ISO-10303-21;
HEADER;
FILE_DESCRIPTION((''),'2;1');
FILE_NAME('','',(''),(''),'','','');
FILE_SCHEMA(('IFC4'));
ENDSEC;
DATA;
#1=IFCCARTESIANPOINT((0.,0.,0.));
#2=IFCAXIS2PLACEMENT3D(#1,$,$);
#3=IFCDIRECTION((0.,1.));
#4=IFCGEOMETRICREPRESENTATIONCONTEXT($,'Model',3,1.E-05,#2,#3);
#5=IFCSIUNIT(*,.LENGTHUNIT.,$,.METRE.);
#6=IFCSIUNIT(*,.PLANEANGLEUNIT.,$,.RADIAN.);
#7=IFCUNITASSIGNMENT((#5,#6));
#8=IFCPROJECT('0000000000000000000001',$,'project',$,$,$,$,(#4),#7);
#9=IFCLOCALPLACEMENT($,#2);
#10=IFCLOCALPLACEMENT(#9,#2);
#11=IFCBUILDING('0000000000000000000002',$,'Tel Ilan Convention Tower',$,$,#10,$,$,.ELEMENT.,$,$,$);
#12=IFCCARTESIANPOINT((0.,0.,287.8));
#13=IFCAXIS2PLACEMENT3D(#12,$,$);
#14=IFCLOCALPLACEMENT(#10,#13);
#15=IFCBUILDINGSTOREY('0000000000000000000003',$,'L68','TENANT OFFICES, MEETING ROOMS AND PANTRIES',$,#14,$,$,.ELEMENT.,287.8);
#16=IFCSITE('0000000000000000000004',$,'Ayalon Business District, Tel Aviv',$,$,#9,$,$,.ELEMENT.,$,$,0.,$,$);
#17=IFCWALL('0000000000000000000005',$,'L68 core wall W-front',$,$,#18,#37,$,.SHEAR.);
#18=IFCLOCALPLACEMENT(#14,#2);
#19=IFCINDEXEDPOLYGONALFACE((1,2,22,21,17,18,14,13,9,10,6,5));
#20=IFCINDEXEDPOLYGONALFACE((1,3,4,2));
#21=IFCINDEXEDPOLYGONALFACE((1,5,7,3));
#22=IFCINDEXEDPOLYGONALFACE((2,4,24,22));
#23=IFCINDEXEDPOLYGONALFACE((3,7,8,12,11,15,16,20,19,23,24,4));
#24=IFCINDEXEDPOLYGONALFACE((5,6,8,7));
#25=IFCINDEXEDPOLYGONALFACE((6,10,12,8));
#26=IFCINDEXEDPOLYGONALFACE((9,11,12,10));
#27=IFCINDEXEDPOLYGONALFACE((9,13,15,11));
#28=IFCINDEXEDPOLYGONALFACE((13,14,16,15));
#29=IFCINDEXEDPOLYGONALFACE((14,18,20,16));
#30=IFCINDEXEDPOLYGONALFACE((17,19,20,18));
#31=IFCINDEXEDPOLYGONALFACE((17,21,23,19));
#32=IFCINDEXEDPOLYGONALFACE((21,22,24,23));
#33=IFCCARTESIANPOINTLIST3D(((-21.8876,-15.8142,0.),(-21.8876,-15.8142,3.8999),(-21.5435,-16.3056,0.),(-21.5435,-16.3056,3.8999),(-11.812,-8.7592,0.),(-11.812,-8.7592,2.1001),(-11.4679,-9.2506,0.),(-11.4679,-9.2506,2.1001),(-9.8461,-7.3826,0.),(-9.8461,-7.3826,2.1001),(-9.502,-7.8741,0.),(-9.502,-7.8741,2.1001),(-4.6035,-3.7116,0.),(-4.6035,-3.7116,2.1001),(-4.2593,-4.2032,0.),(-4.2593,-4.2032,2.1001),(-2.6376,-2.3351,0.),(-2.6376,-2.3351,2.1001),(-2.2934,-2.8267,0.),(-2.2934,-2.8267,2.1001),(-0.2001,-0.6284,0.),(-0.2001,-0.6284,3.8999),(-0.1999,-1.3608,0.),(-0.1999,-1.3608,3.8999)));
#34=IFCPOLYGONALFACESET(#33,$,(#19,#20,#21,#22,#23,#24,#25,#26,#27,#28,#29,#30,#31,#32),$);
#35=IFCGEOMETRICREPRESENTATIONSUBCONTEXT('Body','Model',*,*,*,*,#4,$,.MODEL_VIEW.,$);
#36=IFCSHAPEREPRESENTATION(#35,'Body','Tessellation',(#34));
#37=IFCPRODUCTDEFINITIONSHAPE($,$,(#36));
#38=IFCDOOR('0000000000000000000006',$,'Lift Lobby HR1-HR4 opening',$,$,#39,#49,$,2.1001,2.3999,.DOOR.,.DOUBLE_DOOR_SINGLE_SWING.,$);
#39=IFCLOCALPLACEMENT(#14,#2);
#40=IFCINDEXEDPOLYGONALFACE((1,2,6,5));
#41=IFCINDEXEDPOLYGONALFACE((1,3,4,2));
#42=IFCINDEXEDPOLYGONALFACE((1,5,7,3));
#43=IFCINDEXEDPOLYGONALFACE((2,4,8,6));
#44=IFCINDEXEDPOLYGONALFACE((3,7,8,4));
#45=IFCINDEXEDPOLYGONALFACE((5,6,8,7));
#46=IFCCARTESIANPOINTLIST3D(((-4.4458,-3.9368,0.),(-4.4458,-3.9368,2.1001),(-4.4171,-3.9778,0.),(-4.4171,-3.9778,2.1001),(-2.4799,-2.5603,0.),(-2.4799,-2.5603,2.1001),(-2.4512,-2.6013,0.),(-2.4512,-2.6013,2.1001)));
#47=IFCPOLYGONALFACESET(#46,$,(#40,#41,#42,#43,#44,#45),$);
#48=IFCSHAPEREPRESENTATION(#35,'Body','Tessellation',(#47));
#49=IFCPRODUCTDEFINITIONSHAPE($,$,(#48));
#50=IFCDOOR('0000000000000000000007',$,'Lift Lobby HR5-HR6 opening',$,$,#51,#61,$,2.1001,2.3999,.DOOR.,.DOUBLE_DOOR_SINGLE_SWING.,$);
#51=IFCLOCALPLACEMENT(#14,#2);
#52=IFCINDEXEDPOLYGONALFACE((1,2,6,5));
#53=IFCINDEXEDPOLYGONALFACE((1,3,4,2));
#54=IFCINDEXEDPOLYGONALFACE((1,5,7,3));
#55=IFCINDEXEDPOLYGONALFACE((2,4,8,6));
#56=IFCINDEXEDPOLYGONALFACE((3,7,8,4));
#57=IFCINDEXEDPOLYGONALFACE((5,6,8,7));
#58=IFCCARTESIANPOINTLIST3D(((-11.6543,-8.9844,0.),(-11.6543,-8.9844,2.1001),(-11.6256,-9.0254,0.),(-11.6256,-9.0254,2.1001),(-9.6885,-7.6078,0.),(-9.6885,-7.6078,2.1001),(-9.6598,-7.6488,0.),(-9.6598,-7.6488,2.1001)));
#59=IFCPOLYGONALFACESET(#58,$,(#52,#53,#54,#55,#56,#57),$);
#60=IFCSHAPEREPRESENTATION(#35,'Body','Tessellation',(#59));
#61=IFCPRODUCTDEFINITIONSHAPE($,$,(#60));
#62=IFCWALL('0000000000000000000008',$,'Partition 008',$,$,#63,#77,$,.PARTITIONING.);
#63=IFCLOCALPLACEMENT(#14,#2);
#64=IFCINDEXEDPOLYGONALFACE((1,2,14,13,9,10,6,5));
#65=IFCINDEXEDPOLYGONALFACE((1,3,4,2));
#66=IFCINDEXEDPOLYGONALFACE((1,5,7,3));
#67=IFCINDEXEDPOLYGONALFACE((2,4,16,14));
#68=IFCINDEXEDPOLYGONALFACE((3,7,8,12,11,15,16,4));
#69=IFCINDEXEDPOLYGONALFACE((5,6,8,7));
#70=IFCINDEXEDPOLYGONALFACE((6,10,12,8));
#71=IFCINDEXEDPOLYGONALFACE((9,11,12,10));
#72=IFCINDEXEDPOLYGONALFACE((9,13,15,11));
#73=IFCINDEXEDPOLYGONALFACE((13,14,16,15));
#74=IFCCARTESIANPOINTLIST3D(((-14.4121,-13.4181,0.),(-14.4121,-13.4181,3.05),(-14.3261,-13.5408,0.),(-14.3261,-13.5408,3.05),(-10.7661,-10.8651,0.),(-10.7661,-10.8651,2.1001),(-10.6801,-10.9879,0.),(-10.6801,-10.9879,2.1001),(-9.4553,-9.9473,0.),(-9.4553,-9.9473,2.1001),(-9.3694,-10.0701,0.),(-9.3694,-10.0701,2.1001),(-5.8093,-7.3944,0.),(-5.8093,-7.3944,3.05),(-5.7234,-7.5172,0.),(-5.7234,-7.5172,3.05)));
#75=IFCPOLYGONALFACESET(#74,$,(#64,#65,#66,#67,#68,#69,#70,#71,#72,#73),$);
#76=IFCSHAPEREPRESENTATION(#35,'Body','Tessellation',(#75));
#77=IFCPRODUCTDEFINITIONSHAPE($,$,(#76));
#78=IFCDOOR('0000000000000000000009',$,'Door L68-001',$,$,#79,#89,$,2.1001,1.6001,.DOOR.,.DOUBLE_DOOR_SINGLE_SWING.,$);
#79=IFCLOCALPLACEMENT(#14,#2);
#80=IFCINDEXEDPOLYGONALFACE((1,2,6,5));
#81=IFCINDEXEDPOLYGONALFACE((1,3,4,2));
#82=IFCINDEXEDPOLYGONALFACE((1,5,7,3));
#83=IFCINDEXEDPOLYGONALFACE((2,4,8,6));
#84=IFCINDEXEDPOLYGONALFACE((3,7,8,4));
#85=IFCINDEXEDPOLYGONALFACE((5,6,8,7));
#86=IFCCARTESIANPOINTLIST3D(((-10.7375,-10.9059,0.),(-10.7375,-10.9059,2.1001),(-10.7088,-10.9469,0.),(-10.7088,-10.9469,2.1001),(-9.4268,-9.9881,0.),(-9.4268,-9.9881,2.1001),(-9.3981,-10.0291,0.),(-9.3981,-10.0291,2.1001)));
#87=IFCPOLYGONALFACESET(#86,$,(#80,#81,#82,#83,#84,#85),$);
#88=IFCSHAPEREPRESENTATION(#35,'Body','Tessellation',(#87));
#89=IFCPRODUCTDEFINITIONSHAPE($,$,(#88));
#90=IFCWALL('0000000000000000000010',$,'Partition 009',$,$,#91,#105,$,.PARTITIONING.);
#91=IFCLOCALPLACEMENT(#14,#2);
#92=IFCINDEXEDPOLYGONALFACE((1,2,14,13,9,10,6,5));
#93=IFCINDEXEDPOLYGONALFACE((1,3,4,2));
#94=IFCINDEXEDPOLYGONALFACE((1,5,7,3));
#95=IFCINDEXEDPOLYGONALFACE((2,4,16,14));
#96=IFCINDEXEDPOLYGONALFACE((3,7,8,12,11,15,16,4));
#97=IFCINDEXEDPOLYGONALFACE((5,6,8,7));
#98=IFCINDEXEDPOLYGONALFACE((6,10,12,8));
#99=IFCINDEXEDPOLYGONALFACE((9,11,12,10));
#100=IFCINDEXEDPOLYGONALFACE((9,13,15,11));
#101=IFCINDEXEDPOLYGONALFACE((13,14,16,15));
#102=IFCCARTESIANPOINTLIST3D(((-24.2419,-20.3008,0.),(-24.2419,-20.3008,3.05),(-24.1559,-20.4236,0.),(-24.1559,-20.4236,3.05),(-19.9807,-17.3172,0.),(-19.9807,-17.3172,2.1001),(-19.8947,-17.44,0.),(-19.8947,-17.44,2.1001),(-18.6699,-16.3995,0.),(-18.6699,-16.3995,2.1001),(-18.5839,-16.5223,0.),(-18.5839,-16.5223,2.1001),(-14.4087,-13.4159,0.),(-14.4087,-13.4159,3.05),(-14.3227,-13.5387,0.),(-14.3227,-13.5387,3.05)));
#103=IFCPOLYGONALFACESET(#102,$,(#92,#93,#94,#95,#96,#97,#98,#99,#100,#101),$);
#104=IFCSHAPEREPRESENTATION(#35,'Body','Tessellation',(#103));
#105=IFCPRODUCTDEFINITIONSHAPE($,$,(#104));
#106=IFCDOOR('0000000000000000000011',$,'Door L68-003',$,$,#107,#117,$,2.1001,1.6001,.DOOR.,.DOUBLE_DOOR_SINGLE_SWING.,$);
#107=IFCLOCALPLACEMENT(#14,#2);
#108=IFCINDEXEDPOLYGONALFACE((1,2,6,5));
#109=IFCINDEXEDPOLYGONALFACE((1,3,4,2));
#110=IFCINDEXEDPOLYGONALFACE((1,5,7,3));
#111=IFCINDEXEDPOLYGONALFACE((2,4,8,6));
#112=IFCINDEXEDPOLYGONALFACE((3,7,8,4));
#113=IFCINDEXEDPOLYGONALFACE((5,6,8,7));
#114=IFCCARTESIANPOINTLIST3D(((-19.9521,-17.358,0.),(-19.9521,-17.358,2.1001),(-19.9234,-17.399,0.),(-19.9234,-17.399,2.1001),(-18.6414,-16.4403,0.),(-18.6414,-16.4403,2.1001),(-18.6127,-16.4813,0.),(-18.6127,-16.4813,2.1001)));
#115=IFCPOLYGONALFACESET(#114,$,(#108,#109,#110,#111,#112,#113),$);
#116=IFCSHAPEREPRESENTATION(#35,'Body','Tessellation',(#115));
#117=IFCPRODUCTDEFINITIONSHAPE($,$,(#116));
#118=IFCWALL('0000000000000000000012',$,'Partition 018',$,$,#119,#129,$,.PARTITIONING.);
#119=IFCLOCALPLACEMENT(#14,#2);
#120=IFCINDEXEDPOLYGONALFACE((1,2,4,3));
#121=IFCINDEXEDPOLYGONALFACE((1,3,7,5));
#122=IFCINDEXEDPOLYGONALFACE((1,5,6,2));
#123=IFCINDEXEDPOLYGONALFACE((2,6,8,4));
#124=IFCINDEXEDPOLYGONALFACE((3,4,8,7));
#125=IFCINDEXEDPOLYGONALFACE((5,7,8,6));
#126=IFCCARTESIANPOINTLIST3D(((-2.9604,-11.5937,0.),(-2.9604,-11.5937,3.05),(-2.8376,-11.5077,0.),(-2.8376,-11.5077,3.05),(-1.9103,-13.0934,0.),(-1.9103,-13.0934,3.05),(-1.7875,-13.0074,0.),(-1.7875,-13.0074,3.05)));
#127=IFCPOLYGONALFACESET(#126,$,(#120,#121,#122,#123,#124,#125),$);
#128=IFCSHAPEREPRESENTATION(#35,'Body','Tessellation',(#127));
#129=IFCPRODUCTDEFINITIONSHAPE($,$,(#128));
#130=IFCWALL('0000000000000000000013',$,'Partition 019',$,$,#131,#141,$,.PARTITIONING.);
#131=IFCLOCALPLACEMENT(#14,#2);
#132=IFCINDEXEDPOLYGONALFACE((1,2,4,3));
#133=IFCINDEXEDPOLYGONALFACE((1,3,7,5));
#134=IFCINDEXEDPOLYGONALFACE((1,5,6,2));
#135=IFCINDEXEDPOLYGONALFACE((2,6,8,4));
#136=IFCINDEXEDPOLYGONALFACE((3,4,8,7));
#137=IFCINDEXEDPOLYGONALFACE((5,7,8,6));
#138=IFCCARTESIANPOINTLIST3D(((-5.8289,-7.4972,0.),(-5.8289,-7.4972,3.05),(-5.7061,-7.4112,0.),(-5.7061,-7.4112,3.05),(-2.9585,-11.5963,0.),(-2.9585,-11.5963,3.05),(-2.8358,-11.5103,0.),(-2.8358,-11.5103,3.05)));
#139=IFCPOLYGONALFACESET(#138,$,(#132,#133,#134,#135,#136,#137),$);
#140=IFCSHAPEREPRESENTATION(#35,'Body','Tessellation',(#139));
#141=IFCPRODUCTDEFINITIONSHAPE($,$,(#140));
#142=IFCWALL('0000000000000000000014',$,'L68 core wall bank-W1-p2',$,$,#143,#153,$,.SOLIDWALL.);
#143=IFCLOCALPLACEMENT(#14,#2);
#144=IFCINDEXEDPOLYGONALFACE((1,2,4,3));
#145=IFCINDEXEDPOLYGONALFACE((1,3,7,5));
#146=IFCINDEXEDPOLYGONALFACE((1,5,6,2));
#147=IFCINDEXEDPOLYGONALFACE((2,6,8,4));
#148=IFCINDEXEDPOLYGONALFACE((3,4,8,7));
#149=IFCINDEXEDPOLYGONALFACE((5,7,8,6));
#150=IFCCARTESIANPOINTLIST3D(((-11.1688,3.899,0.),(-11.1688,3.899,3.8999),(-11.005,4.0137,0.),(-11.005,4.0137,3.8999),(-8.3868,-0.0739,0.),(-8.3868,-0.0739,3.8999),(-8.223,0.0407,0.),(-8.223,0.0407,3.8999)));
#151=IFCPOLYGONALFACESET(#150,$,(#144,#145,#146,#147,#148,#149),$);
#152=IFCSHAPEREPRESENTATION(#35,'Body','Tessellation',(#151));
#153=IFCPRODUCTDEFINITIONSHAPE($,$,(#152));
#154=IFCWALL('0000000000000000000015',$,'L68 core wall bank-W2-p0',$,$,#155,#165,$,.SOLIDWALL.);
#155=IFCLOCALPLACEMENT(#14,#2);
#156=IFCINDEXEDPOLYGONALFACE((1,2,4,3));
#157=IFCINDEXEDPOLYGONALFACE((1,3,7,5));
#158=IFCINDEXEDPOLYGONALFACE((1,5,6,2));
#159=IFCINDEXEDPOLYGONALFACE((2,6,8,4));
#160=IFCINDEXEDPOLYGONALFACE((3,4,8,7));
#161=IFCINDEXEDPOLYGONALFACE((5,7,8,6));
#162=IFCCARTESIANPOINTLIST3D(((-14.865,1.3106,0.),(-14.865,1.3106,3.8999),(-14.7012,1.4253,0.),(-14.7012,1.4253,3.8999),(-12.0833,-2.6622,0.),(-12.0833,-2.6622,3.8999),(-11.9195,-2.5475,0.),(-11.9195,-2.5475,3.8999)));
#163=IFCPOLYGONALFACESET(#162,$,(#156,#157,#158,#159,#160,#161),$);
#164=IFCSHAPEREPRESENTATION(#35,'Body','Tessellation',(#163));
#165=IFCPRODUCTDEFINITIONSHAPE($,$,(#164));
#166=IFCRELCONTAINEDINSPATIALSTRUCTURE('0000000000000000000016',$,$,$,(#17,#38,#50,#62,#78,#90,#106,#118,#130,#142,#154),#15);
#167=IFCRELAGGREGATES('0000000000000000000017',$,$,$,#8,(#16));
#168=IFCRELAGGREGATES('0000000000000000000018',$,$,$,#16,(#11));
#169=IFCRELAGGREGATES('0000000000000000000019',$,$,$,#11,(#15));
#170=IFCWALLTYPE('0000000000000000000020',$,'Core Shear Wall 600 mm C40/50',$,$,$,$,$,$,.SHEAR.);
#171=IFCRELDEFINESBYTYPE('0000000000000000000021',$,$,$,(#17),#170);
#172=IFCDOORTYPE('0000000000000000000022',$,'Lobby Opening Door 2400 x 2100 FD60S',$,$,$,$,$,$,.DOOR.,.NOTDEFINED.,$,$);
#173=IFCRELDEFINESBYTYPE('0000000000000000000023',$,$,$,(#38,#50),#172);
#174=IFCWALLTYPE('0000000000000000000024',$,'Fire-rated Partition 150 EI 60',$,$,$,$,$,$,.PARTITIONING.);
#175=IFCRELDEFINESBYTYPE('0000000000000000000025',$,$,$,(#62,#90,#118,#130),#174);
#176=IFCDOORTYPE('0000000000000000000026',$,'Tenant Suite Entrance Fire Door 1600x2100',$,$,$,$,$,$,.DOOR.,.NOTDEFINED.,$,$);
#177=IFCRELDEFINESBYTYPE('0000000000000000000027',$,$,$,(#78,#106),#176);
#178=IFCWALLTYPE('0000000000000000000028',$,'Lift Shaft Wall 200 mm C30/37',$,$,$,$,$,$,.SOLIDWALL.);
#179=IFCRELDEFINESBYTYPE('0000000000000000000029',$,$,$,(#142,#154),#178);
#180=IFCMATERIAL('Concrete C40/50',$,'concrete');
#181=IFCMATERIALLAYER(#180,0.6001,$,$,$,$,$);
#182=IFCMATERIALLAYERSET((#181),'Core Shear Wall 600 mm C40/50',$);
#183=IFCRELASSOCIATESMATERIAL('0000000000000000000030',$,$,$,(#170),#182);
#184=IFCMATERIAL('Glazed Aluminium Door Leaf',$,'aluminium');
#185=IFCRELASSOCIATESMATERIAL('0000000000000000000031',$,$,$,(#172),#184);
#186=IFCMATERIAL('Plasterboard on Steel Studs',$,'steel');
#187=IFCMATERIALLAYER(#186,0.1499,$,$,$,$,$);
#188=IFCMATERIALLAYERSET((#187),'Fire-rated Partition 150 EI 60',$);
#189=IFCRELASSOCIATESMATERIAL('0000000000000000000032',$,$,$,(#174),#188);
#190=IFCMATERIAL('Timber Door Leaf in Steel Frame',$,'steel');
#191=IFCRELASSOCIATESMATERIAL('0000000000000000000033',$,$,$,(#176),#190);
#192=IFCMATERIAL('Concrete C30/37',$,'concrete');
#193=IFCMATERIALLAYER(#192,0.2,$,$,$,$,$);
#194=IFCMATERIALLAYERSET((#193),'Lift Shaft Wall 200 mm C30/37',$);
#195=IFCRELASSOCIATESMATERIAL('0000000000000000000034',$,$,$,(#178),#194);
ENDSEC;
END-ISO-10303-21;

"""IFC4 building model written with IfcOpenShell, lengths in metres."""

from ifc_helpers import new_model, si_unit, direction, frame, frame_2d, origin, place, context, subcontext, project, spatial, polyline, rectangle, outline, extrude, material, layer, layer_set, type_object, element, fill, save


model = new_model("IFC4")

# Units and contexts
model_context = context("Model", 3, precision=1e-05, world=origin(), true_north=direction((0.0, 1.0)))
body_context = subcontext(model_context, "Body", "Model", "MODEL_VIEW")
ifc_project = project(units=[si_unit("LENGTHUNIT", "METRE"), si_unit("PLANEANGLEUNIT", "RADIAN")], contexts=[model_context])

# Site, building, storey
site_placement = place(None, origin())
site = spatial("IfcSite", under=ifc_project, at=site_placement, Name="Ayalon Business District, Tel Aviv", CompositionType="ELEMENT", RefElevation=0.0)
building_placement = place(site_placement, origin())
building = spatial("IfcBuilding", under=site, at=building_placement, Name="Tel Ilan Convention Tower", CompositionType="ELEMENT")
storey_placement = place(building_placement, frame((0.0, 0.0, 287.8)))
storey = spatial("IfcBuildingStorey", under=building, at=storey_placement, Name="L68", Description="TENANT OFFICES, MEETING ROOMS AND PANTRIES", CompositionType="ELEMENT", Elevation=287.8)

# Wall, openings, doors
ifc_material_1 = material(Name="Concrete C40/50", Category="concrete")
ifc_layer_1 = layer(ifc_material_1, 0.6001)
ifc_layer_set_1 = layer_set([ifc_layer_1], Name="Core Shear Wall 600 mm C40/50")
wall_type_1 = type_object("IfcWallType", Name="Core Shear Wall 600 mm C40/50", PredefinedType="SHEAR", material=ifc_layer_set_1)
wall_1_placement = place(storey_placement, frame((-0.0278, -0.874, 0.0), z_axis=(0.0, 0.0, 1.0), x_axis=(-0.81915, -0.573579, 0.0)))
wall_1 = element("IfcWall", 1, at=wall_1_placement, inside=storey, type_object=wall_type_1, Name="L68 core wall W-front", PredefinedType="SHEAR", context=body_context, shape_type="SweptSolid", body=[
    extrude(outline(polyline([(26.4758, 0.2998), (0.4202, 0.3), (0.0002, -0.3), (26.4758, -0.3), (26.4758, 0.2998)])), origin(), (0.0, 0.0, 1.0), 3.8999),
])
opening_1_placement = place(wall_1_placement, frame((2.9758, 0.0, 0.0)))
opening_1 = element("IfcOpeningElement", 2, at=opening_1_placement, cuts=wall_1, PredefinedType="OPENING", context=body_context, shape_type="SweptSolid", body=[
    extrude(rectangle(XDim=2.3999, YDim=2.1001, at=frame_2d((1.2, 1.05))), frame((0.0, 0.3101, 0.0), z_axis=(0.0, -1.0, 0.0), x_axis=(1.0, 0.0, 0.0)), (0.0, 0.0, 1.0), 0.6201),
])
opening_2_placement = place(wall_1_placement, frame((11.7759, 0.0, 0.0)))
opening_2 = element("IfcOpeningElement", 3, at=opening_2_placement, cuts=wall_1, PredefinedType="OPENING", context=body_context, shape_type="SweptSolid", body=[
    extrude(rectangle(XDim=2.3999, YDim=2.1001, at=frame_2d((1.2, 1.05))), frame((0.0, 0.3101, 0.0), z_axis=(0.0, -1.0, 0.0), x_axis=(1.0, 0.0, 0.0)), (0.0, 0.0, 1.0), 0.6201),
])
ifc_material_2 = material(Name="Glazed Aluminium Door Leaf", Category="aluminium")
door_type_1 = type_object("IfcDoorType", Name="Lobby Opening Door 2400 x 2100 FD60S", OperationType="NOTDEFINED", PredefinedType="DOOR", material=ifc_material_2)
door_1_placement = place(opening_1_placement, origin())
door_1 = element("IfcDoor", 4, at=door_1_placement, inside=storey, type_object=door_type_1, Name="Lift Lobby HR1-HR4 opening", OperationType="DOUBLE_DOOR_SINGLE_SWING", OverallHeight=2.1001, OverallWidth=2.3999, PredefinedType="DOOR", context=body_context, shape_type="SweptSolid", body=[
    extrude(rectangle(XDim=2.3999, YDim=2.1001, at=frame_2d((1.2, 1.05))), frame((0.0, 0.0249, 0.0), z_axis=(0.0, -1.0, 0.0), x_axis=(1.0, 0.0, 0.0)), (0.0, 0.0, 1.0), 0.05),
])
fill(opening_1, door_1)
door_2_placement = place(opening_2_placement, origin())
door_2 = element("IfcDoor", 5, at=door_2_placement, inside=storey, type_object=door_type_1, Name="Lift Lobby HR5-HR6 opening", OperationType="DOUBLE_DOOR_SINGLE_SWING", OverallHeight=2.1001, OverallWidth=2.3999, PredefinedType="DOOR", context=body_context, shape_type="SweptSolid", body=[
    extrude(rectangle(XDim=2.3999, YDim=2.1001, at=frame_2d((1.2, 1.05))), frame((0.0, 0.0249, 0.0), z_axis=(0.0, -1.0, 0.0), x_axis=(1.0, 0.0, 0.0)), (0.0, 0.0, 1.0), 0.05),
])
fill(opening_2, door_2)

# Walls, openings, doors
ifc_material_3 = material(Name="Plasterboard on Steel Studs", Category="steel")
ifc_layer_2 = layer(ifc_material_3, 0.1499)
ifc_layer_set_2 = layer_set([ifc_layer_2], Name="Fire-rated Partition 150 EI 60")
wall_type_2 = type_object("IfcWallType", Name="Fire-rated Partition 150 EI 60", PredefinedType="PARTITIONING", material=ifc_layer_set_2)
wall_2_placement = place(storey_placement, frame((-5.7664, -7.4558, 0.0), z_axis=(0.0, 0.0, 1.0), x_axis=(-0.819154, -0.573573, 0.0)))
wall_2 = element("IfcWall", 6, at=wall_2_placement, inside=storey, type_object=wall_type_2, Name="Partition 008", PredefinedType="PARTITIONING", context=body_context, shape_type="SweptSolid", body=[
    extrude(rectangle(XDim=10.502, YDim=0.1499, at=frame_2d((5.251, 0.0))), origin(), (0.0, 0.0, 1.0), 3.05),
])
opening_3_placement = place(wall_2_placement, frame((4.4509, 0.0, 0.0)))
opening_3 = element("IfcOpeningElement", 7, at=opening_3_placement, cuts=wall_2, PredefinedType="OPENING", context=body_context, shape_type="SweptSolid", body=[
    extrude(rectangle(XDim=1.6001, YDim=2.1001, at=frame_2d((0.8, 1.05))), frame((0.0, 0.085, 0.0), z_axis=(0.0, -1.0, 0.0), x_axis=(1.0, 0.0, 0.0)), (0.0, 0.0, 1.0), 0.1699),
])
ifc_material_4 = material(Name="Timber Door Leaf in Steel Frame", Category="steel")
door_type_2 = type_object("IfcDoorType", Name="Tenant Suite Entrance Fire Door 1600x2100", OperationType="NOTDEFINED", PredefinedType="DOOR", material=ifc_material_4)
door_3_placement = place(opening_3_placement, origin())
door_3 = element("IfcDoor", 8, at=door_3_placement, inside=storey, type_object=door_type_2, Name="Door L68-001", OperationType="DOUBLE_DOOR_SINGLE_SWING", OverallHeight=2.1001, OverallWidth=1.6001, PredefinedType="DOOR", context=body_context, shape_type="SweptSolid", body=[
    extrude(rectangle(XDim=1.6001, YDim=2.1001, at=frame_2d((0.8, 1.05))), frame((0.0, 0.0249, 0.0), z_axis=(0.0, -1.0, 0.0), x_axis=(1.0, 0.0, 0.0)), (0.0, 0.0, 1.0), 0.05),
])
fill(opening_3, door_3)
wall_3_placement = place(storey_placement, frame((-14.3657, -13.4773, 0.0), z_axis=(0.0, 0.0, 1.0), x_axis=(-0.819164, -0.573559, 0.0)))
wall_3 = element("IfcWall", 9, at=wall_3_placement, inside=storey, type_object=wall_type_2, Name="Partition 009", PredefinedType="PARTITIONING", context=body_context, shape_type="SweptSolid", body=[
    extrude(rectangle(XDim=12.0039, YDim=0.1499, at=frame_2d((6.002, 0.0))), origin(), (0.0, 0.0, 1.0), 3.05),
])
opening_4_placement = place(wall_3_placement, frame((5.2019, 0.0, 0.0)))
opening_4 = element("IfcOpeningElement", 10, at=opening_4_placement, cuts=wall_3, PredefinedType="OPENING", context=body_context, shape_type="SweptSolid", body=[
    extrude(rectangle(XDim=1.6001, YDim=2.1001, at=frame_2d((0.8, 1.05))), frame((0.0, 0.085, 0.0), z_axis=(0.0, -1.0, 0.0), x_axis=(1.0, 0.0, 0.0)), (0.0, 0.0, 1.0), 0.1699),
])
door_4_placement = place(opening_4_placement, origin())
door_4 = element("IfcDoor", 11, at=door_4_placement, inside=storey, type_object=door_type_2, Name="Door L68-003", OperationType="DOUBLE_DOOR_SINGLE_SWING", OverallHeight=2.1001, OverallWidth=1.6001, PredefinedType="DOOR", context=body_context, shape_type="SweptSolid", body=[
    extrude(rectangle(XDim=1.6001, YDim=2.1001, at=frame_2d((0.8, 1.05))), frame((0.0, 0.0249, 0.0), z_axis=(0.0, -1.0, 0.0), x_axis=(1.0, 0.0, 0.0)), (0.0, 0.0, 1.0), 0.05),
])
fill(opening_4, door_4)

# Walls
wall_4_placement = place(storey_placement, frame((-1.8489, -13.0505, 0.0), z_axis=(0.0, 0.0, 1.0), x_axis=(-0.573543, 0.819176, 0.0)))
element("IfcWall", 12, at=wall_4_placement, inside=storey, type_object=wall_type_2, Name="Partition 018", PredefinedType="PARTITIONING", context=body_context, shape_type="SweptSolid", body=[
    extrude(rectangle(XDim=1.8308, YDim=0.1499, at=frame_2d((0.9155, 0.0))), origin(), (0.0, 0.0, 1.0), 3.05),
])
wall_5_placement = place(storey_placement, frame((-2.8972, -11.5532, 0.0), z_axis=(0.0, 0.0, 1.0), x_axis=(-0.573593, 0.81914, 0.0)))
element("IfcWall", 13, at=wall_5_placement, inside=storey, type_object=wall_type_2, Name="Partition 019", PredefinedType="PARTITIONING", context=body_context, shape_type="SweptSolid", body=[
    extrude(rectangle(XDim=5.0042, YDim=0.1499, at=frame_2d((2.502, 0.0))), origin(), (0.0, 0.0, 1.0), 3.05),
])
ifc_material_5 = material(Name="Concrete C30/37", Category="concrete")
ifc_layer_3 = layer(ifc_material_5, 0.2)
ifc_layer_set_3 = layer_set([ifc_layer_3], Name="Lift Shaft Wall 200 mm C30/37")
wall_type_3 = type_object("IfcWallType", Name="Lift Shaft Wall 200 mm C30/37", PredefinedType="SOLIDWALL", material=ifc_layer_set_3)
wall_6_placement = place(storey_placement, frame((-8.3049, -0.0166, 0.0), z_axis=(0.0, 0.0, 1.0), x_axis=(-0.573594, 0.81914, 0.0)))
element("IfcWall", 14, at=wall_6_placement, inside=storey, type_object=wall_type_3, Name="L68 core wall bank-W1-p2", PredefinedType="SOLIDWALL", context=body_context, shape_type="SweptSolid", body=[
    extrude(rectangle(XDim=4.8501, YDim=0.2, at=frame_2d((2.425, 0.0))), origin(), (0.0, 0.0, 1.0), 3.8999),
])
wall_7_placement = place(storey_placement, frame((-12.0015, -2.6047, 0.0), z_axis=(0.0, 0.0, 1.0), x_axis=(-0.57356, 0.819163, 0.0)))
element("IfcWall", 15, at=wall_7_placement, inside=storey, type_object=wall_type_3, Name="L68 core wall bank-W2-p0", PredefinedType="SOLIDWALL", context=body_context, shape_type="SweptSolid", body=[
    extrude(rectangle(XDim=4.8499, YDim=0.2, at=frame_2d((2.4248, 0.0))), origin(), (0.0, 0.0, 1.0), 3.8999),
])

save(model, "model.ifc")
